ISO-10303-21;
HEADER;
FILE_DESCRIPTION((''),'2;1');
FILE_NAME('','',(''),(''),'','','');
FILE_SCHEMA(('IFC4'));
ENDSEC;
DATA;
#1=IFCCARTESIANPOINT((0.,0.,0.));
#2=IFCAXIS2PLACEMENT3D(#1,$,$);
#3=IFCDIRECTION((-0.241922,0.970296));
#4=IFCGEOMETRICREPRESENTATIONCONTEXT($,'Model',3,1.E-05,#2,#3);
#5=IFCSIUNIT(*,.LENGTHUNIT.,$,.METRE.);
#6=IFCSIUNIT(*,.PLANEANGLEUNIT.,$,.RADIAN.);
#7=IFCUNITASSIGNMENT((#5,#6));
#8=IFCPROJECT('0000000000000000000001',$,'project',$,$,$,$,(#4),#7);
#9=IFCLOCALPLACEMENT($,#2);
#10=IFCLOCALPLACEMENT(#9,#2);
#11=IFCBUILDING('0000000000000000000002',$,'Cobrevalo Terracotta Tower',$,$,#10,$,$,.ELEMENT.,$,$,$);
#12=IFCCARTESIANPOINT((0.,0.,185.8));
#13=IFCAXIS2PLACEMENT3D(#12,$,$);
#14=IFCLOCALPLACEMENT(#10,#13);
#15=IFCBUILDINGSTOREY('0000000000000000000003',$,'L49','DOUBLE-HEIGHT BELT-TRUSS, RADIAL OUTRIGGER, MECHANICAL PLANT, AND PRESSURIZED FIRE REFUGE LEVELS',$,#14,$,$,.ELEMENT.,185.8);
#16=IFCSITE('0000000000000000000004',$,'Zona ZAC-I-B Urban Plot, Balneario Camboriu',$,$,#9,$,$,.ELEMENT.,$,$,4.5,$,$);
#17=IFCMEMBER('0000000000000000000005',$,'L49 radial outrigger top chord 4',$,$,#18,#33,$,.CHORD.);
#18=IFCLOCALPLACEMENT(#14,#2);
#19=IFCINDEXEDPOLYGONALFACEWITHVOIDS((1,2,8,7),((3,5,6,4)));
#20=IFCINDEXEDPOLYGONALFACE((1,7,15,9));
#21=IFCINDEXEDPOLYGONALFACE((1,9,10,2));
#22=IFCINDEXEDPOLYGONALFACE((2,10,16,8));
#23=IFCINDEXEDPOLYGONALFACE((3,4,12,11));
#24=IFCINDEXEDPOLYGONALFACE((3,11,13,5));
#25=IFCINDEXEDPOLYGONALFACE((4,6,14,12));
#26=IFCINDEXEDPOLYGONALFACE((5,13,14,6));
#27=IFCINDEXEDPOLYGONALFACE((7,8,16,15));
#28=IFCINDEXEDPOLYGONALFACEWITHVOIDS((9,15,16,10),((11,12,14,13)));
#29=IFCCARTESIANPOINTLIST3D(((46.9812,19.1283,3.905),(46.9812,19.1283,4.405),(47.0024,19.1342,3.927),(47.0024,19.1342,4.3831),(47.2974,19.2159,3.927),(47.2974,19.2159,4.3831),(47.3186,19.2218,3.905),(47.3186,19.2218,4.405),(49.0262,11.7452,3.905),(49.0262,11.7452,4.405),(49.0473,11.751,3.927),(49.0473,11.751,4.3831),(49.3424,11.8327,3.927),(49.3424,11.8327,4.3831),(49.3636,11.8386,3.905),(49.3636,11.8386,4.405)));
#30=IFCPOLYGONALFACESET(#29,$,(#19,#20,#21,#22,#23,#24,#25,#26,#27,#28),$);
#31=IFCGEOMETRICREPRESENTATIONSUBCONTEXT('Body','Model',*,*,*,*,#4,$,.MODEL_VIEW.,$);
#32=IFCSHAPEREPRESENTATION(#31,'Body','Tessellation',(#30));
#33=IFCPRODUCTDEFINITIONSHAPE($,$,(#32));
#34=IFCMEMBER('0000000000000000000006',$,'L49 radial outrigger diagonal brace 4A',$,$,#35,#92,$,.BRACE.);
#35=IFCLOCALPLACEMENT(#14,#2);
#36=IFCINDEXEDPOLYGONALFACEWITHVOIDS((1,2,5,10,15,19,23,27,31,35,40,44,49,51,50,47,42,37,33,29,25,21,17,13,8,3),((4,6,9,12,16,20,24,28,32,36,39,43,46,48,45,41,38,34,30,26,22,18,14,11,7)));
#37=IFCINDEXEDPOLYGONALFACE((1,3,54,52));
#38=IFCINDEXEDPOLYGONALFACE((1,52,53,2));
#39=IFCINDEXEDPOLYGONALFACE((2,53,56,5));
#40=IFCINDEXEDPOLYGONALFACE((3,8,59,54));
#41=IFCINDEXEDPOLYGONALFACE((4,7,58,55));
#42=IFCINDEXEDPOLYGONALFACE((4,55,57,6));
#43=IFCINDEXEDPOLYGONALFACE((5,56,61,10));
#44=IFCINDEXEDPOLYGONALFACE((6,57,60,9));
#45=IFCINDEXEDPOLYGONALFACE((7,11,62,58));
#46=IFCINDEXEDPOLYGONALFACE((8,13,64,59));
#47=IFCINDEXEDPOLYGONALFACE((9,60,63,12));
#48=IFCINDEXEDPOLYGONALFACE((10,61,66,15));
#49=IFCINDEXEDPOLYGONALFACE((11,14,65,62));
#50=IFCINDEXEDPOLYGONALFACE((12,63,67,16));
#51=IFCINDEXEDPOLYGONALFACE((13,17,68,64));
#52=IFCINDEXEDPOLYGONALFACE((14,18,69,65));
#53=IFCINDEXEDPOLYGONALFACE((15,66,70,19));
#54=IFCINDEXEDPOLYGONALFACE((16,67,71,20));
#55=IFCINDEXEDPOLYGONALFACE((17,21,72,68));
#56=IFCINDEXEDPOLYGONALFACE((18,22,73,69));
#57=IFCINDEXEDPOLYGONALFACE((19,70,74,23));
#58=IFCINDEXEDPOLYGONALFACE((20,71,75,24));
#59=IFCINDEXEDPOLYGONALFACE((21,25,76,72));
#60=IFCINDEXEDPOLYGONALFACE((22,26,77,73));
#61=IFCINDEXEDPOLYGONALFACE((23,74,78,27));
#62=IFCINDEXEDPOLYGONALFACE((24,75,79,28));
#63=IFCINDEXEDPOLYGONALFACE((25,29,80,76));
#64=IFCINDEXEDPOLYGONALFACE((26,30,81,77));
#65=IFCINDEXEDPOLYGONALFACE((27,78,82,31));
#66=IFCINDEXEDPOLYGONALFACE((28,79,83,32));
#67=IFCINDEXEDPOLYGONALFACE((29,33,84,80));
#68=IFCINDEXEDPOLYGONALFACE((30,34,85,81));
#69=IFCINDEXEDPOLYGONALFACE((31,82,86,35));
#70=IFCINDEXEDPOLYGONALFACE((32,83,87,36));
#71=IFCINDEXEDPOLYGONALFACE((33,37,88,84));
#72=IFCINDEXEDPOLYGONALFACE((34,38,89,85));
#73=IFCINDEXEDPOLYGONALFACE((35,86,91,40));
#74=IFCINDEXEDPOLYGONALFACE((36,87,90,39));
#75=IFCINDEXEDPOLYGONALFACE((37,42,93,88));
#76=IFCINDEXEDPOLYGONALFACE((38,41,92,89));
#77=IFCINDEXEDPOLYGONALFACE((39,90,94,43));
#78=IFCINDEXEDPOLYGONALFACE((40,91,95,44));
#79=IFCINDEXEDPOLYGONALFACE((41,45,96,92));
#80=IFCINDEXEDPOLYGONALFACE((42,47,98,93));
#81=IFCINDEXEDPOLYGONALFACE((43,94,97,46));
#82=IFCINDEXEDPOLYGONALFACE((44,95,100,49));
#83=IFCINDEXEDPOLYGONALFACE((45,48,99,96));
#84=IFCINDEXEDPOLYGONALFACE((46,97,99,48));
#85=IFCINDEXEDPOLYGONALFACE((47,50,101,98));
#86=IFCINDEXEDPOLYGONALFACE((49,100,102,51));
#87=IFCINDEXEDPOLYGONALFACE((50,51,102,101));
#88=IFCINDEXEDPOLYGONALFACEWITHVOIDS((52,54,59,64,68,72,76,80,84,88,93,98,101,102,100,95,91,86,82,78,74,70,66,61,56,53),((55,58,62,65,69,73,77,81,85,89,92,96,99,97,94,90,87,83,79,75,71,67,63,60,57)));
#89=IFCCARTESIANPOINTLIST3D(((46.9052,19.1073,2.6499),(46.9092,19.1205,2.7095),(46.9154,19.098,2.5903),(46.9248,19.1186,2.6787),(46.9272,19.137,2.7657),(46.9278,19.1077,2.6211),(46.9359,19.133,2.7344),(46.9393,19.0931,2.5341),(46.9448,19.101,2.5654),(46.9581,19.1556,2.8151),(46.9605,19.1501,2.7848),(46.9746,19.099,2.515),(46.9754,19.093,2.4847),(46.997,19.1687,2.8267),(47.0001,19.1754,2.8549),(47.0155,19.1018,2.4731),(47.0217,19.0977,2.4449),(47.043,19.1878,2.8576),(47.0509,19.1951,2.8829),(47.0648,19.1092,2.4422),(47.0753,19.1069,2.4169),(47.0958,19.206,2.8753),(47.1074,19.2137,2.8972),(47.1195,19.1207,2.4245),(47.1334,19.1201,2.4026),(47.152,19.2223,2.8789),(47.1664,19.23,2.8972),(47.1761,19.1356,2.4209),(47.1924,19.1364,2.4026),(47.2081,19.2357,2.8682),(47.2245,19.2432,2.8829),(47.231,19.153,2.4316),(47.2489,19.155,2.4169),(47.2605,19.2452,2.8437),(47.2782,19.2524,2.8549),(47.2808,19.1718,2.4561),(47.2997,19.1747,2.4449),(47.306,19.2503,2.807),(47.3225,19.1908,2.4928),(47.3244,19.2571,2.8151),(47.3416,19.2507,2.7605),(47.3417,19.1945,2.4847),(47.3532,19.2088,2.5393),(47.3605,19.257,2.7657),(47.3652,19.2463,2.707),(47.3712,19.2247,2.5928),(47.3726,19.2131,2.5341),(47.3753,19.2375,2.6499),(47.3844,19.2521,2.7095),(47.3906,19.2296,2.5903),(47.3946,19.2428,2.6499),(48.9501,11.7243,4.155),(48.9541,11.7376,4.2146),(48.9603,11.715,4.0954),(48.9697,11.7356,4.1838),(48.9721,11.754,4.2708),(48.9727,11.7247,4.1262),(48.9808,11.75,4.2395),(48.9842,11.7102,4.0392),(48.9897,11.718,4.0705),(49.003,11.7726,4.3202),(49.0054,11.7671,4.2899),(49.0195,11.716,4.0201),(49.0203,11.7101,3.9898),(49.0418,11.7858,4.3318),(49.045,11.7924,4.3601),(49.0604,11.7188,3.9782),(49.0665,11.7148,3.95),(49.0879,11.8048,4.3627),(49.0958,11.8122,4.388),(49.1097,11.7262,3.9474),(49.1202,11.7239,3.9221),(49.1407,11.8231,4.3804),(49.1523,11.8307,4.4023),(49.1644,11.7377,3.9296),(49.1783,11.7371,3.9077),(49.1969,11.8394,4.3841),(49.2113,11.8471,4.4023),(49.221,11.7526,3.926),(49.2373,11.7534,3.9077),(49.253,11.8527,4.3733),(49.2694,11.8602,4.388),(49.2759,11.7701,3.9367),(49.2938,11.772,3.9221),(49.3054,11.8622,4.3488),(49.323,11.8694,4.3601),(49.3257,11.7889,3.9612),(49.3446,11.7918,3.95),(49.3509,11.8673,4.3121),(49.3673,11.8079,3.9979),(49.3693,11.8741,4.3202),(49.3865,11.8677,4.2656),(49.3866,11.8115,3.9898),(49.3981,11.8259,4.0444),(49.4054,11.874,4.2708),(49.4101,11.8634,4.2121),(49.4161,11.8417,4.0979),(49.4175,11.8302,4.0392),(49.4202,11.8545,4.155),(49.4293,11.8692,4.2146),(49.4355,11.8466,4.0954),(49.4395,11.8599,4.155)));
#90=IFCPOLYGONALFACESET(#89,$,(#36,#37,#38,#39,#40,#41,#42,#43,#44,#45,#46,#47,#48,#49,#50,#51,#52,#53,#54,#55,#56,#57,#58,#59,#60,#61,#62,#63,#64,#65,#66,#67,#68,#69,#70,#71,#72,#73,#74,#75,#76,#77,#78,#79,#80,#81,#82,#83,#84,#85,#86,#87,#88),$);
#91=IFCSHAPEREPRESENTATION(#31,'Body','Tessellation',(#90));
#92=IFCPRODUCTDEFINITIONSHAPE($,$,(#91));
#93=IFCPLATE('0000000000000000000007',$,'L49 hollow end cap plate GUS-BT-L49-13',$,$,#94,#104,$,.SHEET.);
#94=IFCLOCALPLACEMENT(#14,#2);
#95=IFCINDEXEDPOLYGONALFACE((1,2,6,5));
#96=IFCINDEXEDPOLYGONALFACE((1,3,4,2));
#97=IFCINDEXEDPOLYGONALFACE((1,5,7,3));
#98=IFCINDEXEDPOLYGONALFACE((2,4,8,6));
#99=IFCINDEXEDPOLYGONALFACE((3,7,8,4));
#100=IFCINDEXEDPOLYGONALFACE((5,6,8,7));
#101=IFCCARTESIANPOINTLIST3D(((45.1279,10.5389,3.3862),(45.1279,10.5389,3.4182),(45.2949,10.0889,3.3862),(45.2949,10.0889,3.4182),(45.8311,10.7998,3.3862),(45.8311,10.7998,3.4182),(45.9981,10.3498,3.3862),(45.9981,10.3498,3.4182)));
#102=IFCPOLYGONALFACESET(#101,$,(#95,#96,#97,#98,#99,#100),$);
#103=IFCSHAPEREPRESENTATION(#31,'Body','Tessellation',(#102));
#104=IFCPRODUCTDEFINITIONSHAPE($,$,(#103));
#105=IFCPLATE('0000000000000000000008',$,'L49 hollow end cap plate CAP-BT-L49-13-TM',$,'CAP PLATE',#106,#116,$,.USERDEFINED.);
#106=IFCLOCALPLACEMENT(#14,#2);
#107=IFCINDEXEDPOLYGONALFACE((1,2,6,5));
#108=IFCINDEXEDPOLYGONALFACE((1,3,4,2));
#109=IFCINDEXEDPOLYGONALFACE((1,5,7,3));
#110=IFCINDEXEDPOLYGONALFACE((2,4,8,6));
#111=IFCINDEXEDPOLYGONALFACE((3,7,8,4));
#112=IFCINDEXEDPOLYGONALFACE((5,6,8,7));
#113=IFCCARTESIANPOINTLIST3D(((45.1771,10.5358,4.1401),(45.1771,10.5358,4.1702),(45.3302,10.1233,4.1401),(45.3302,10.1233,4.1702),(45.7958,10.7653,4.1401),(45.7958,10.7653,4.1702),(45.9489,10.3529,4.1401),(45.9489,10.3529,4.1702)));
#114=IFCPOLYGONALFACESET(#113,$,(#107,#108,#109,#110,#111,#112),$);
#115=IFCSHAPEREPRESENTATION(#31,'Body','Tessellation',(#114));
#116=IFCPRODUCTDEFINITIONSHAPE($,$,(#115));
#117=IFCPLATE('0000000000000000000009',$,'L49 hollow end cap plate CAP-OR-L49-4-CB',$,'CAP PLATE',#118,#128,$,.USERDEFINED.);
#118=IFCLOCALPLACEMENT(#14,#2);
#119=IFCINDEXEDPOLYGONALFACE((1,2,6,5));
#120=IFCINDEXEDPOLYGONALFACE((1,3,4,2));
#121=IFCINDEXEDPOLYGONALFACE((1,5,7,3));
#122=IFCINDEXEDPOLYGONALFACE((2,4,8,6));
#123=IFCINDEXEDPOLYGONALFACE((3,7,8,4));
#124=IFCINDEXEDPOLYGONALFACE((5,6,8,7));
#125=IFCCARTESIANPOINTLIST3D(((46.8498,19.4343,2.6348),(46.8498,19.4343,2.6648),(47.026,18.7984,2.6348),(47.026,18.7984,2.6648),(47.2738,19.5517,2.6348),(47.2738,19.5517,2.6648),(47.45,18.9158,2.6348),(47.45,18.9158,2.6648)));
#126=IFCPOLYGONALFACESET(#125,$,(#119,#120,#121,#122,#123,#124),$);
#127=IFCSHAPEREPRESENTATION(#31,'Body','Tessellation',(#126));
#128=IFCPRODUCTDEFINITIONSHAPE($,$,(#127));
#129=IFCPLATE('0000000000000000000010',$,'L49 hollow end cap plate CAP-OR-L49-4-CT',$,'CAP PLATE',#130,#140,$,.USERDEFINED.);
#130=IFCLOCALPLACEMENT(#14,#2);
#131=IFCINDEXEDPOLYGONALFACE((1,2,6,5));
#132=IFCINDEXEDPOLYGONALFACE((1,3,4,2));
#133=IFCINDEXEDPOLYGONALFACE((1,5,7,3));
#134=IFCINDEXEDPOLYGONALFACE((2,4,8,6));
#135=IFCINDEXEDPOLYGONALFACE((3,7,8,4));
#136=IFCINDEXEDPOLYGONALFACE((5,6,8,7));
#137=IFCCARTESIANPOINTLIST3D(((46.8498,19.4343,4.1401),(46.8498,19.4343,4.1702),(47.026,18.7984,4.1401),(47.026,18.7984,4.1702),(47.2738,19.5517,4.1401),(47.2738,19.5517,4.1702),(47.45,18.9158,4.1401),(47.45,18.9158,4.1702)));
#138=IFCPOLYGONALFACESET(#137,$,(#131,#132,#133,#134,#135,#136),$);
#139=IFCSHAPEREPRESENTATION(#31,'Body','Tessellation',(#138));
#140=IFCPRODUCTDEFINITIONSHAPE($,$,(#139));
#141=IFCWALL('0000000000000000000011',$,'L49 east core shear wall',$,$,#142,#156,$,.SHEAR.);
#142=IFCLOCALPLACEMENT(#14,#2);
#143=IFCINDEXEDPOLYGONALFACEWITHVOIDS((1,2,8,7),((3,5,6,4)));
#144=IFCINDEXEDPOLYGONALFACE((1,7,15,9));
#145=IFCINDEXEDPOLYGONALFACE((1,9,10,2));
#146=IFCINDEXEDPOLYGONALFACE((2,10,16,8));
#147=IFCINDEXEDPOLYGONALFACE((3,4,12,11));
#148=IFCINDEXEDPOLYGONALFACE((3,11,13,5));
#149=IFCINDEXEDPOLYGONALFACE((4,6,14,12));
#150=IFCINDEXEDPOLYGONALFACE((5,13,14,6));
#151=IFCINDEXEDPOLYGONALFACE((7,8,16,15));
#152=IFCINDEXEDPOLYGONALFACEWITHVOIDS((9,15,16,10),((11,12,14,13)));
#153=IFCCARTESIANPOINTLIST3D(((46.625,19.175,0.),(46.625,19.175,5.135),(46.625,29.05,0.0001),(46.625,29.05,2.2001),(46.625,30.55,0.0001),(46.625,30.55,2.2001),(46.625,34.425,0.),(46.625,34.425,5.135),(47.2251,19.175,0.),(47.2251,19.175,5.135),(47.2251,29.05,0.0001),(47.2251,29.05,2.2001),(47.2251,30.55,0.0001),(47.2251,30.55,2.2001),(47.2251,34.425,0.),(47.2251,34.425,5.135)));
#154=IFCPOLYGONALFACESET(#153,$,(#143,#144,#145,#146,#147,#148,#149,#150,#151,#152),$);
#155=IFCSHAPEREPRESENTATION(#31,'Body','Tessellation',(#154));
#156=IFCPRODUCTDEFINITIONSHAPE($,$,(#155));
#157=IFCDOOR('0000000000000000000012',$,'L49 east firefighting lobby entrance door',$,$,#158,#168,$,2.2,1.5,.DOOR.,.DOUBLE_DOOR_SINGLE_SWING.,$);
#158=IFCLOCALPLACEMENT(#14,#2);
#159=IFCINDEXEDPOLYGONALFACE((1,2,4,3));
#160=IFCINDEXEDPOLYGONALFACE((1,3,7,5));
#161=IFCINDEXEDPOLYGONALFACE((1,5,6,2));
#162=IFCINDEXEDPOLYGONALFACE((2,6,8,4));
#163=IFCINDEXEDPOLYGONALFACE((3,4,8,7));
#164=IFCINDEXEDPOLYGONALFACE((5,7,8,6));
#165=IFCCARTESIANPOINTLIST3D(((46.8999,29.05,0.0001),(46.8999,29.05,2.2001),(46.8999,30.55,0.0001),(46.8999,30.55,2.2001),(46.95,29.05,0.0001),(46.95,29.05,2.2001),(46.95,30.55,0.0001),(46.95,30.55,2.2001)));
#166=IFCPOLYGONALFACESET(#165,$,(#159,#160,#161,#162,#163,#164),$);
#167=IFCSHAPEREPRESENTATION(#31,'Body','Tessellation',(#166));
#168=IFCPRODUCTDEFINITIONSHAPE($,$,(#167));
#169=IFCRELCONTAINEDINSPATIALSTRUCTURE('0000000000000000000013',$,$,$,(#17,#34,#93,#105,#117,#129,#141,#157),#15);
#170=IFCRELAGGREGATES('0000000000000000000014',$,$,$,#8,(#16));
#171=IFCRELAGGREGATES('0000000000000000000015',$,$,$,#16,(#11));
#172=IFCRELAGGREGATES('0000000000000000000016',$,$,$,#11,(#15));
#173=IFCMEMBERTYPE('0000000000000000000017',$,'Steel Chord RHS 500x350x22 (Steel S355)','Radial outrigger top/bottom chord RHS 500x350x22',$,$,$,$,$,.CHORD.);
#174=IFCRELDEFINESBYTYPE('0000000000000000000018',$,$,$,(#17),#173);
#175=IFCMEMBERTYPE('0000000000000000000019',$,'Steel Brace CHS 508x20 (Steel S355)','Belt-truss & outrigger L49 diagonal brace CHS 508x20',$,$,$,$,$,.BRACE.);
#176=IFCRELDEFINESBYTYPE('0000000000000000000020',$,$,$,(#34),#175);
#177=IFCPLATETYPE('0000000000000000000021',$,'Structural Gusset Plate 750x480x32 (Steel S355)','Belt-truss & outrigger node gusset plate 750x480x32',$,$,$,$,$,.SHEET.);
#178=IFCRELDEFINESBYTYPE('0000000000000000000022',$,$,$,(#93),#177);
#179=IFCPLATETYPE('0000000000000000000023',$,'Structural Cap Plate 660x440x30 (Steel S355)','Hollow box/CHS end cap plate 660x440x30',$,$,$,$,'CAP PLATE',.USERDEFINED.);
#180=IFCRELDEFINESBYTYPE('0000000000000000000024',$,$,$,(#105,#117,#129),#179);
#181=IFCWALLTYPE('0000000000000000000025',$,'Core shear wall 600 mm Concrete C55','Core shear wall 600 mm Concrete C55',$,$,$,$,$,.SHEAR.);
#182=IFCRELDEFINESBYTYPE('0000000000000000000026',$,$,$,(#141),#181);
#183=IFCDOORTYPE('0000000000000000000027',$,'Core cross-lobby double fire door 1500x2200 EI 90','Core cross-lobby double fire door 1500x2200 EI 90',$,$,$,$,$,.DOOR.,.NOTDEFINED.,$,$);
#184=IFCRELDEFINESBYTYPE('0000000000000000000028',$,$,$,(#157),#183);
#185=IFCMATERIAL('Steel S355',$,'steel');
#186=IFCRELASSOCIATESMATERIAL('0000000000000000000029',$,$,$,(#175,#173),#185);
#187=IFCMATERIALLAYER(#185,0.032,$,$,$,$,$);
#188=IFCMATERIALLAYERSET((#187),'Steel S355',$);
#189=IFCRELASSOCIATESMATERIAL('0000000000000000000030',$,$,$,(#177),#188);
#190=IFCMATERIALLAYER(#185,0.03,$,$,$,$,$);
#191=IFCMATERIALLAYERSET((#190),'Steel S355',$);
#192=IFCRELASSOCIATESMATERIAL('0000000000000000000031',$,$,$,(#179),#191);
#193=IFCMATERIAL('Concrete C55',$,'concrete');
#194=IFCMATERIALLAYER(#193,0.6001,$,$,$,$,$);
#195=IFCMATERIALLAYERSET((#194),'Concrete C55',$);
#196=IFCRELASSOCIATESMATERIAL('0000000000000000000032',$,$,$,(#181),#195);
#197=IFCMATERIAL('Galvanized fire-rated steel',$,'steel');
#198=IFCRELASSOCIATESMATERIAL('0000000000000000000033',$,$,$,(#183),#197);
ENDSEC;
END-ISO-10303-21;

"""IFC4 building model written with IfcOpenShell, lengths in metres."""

from ifc_helpers import new_model, si_unit, direction, frame, frame_2d, origin, origin_2d, place, context, subcontext, project, spatial, rectangle, hollow_rectangle, hollow_circle, extrude, source, transform, mapped, material, layer, layer_set, material_profile, profile_set, type_object, element, fill, save


model = new_model("IFC4")

# Units and contexts
model_context = context("Model", 3, precision=1e-05, world=origin(), true_north=direction((-0.241922, 0.970296)))
body_context = subcontext(model_context, "Body", "Model", "MODEL_VIEW")
ifc_project = project(units=[si_unit("LENGTHUNIT", "METRE"), si_unit("PLANEANGLEUNIT", "RADIAN")], contexts=[model_context])

# Site, building, storey
site_placement = place(None, origin())
site = spatial("IfcSite", under=ifc_project, at=site_placement, Name="Zona ZAC-I-B Urban Plot, Balneario Camboriu", CompositionType="ELEMENT", RefElevation=4.5)
building_placement = place(site_placement, origin())
building = spatial("IfcBuilding", under=site, at=building_placement, Name="Cobrevalo Terracotta Tower", CompositionType="ELEMENT")
storey_placement = place(building_placement, frame((0.0, 0.0, 185.8)))
storey = spatial("IfcBuildingStorey", under=building, at=storey_placement, Name="L49", Description="DOUBLE-HEIGHT BELT-TRUSS, RADIAL OUTRIGGER, MECHANICAL PLANT, AND PRESSURIZED FIRE REFUGE LEVELS", CompositionType="ELEMENT", Elevation=185.8)

# Shared definitions
ifc_material_1 = material(Name="Steel S355", Category="steel")
ifc_material_2 = material(Name="Concrete C55", Category="concrete")

# Members
ifc_material_profile_1 = material_profile(ifc_material_1, hollow_circle(Radius=0.2539, WallThickness=0.02, at=origin_2d()), Name="CHS 508x20")
ifc_profile_set_1 = profile_set([ifc_material_profile_1], Name="Steel S355")
member_type_1 = type_object("IfcMemberType", Name="Steel Brace CHS 508x20 (Steel S355)", Description="Belt-truss & outrigger L49 diagonal brace CHS 508x20", PredefinedType="BRACE", material=ifc_profile_set_1)
ifc_material_profile_2 = material_profile(ifc_material_1, hollow_rectangle(XDim=0.3501, YDim=0.5, WallThickness=0.022, at=origin_2d()), Name="RHS 500x350x22")
ifc_profile_set_2 = profile_set([ifc_material_profile_2], Name="Steel S355")
member_type_2 = type_object("IfcMemberType", Name="Steel Chord RHS 500x350x22 (Steel S355)", Description="Radial outrigger top/bottom chord RHS 500x350x22", PredefinedType="CHORD", material=ifc_profile_set_2)
shared_shape_1 = source(origin(), body_context, "Body", "SweptSolid", [
    extrude(hollow_rectangle(XDim=0.3501, YDim=0.5, WallThickness=0.022, at=origin_2d()), origin(), (0.0, 0.0, 1.0), 7.6611),
])
for number, where, z_axis, x_axis, name in (
    (1, (47.1499, 19.175, 4.155), (0.266926, -0.963717, 0.0), (0.963717, 0.266926, 0.0), "L49 radial outrigger top chord 4"),
):
    element("IfcMember", number, at=place(storey_placement, frame(where, z_axis=z_axis, x_axis=x_axis)), inside=storey, type_object=member_type_2, Name=name, PredefinedType="CHORD", context=body_context, shape_type="MappedRepresentation", body=[
        mapped(shared_shape_1, transform((0.0, 0.0, 0.0), scale=1.0)),
    ])
shared_shape_2 = source(origin(), body_context, "Body", "SweptSolid", [
    extrude(hollow_circle(Radius=0.2539, WallThickness=0.02, at=origin_2d()), origin(), (0.0, 0.0, 1.0), 7.8074),
])
member_1_placement = place(storey_placement, frame((47.1499, 19.175, 2.6499), z_axis=(0.261919, -0.94564, 0.19278), x_axis=(0.963717, 0.266926, 0.0)))
element("IfcMember", 2, at=member_1_placement, inside=storey, type_object=member_type_1, Name="L49 radial outrigger diagonal brace 4A", PredefinedType="BRACE", context=body_context, shape_type="MappedRepresentation", body=[
    mapped(shared_shape_2, transform((0.0, 0.0, 0.0), scale=1.0)),
])

# Plates
ifc_layer_1 = layer(ifc_material_1, 0.032)
ifc_layer_set_1 = layer_set([ifc_layer_1], Name="Steel S355")
plate_type_1 = type_object("IfcPlateType", Name="Structural Gusset Plate 750x480x32 (Steel S355)", Description="Belt-truss & outrigger node gusset plate 750x480x32", PredefinedType="SHEET", material=ifc_layer_set_1)
shared_shape_3 = source(origin(), body_context, "Body", "SweptSolid", [
    extrude(rectangle(XDim=0.75, YDim=0.48, at=origin_2d()), origin(), (0.0, 0.0, 1.0), 0.032),
])
plate_placement = place(storey_placement, frame((45.563, 10.4443, 3.3862), z_axis=(0.0, 0.0, 1.0), x_axis=(0.937543, 0.34787, 0.0)))
element("IfcPlate", 3, at=plate_placement, inside=storey, type_object=plate_type_1, Name="L49 hollow end cap plate GUS-BT-L49-13", PredefinedType="SHEET", context=body_context, shape_type="MappedRepresentation", body=[
    mapped(shared_shape_3, transform((0.0, 0.0, 0.0), scale=1.0)),
])
ifc_layer_2 = layer(ifc_material_1, 0.03)
ifc_layer_set_2 = layer_set([ifc_layer_2], Name="Steel S355")
plate_type_2 = type_object("IfcPlateType", Name="Structural Cap Plate 660x440x30 (Steel S355)", Description="Hollow box/CHS end cap plate 660x440x30", ElementType="CAP PLATE", PredefinedType="USERDEFINED", material=ifc_layer_set_2)
shared_shape_4 = source(origin(), body_context, "Body", "SweptSolid", [
    extrude(rectangle(XDim=0.6599, YDim=0.4399, at=origin_2d()), origin(), (0.0, 0.0, 1.0), 0.03),
])
for number, where, z_axis, x_axis, name in (
    (4, (45.563, 10.4443, 4.1401), (0.0, 0.0, 1.0), (0.937543, 0.34787, 0.0), "L49 hollow end cap plate CAP-BT-L49-13-TM"),
    (5, (47.1499, 19.175, 2.6348), (0.0, 0.0, 1.0), (0.266904, -0.963723, 0.0), "L49 hollow end cap plate CAP-OR-L49-4-CB"),
    (6, (47.1499, 19.175, 4.1401), (0.0, 0.0, 1.0), (0.266904, -0.963723, 0.0), "L49 hollow end cap plate CAP-OR-L49-4-CT"),
):
    element("IfcPlate", number, at=place(storey_placement, frame(where, z_axis=z_axis, x_axis=x_axis)), inside=storey, type_object=plate_type_2, Name=name, ObjectType="CAP PLATE", PredefinedType="USERDEFINED", context=body_context, shape_type="MappedRepresentation", body=[
        mapped(shared_shape_4, transform((0.0, 0.0, 0.0), scale=1.0)),
    ])

# Wall, opening, door
ifc_layer_3 = layer(ifc_material_2, 0.6001)
ifc_layer_set_3 = layer_set([ifc_layer_3], Name="Concrete C55")
wall_type_1 = type_object("IfcWallType", Name="Core shear wall 600 mm Concrete C55", Description="Core shear wall 600 mm Concrete C55", PredefinedType="SHEAR", material=ifc_layer_set_3)
wall_1_placement = place(storey_placement, frame((46.925, 19.175, 0.0), z_axis=(0.0, 0.0, 1.0), x_axis=(0.0, 1.0, 0.0)))
wall_1 = element("IfcWall", 7, at=wall_1_placement, inside=storey, type_object=wall_type_1, Name="L49 east core shear wall", PredefinedType="SHEAR", context=body_context, shape_type="SweptSolid", body=[
    extrude(rectangle(XDim=15.25, YDim=0.6001, at=frame_2d((7.625, 0.0))), origin(), (0.0, 0.0, 1.0), 5.135),
])
opening_1_placement = place(wall_1_placement, frame((9.875, 0.0, 0.0)))
opening_1 = element("IfcOpeningElement", 8, at=opening_1_placement, cuts=wall_1, PredefinedType="OPENING", context=body_context, shape_type="SweptSolid", body=[
    extrude(rectangle(XDim=1.5, YDim=2.2, at=frame_2d((0.75, 1.1001))), frame((0.0, 0.3101, 0.0), z_axis=(0.0, -1.0, 0.0), x_axis=(1.0, 0.0, 0.0)), (0.0, 0.0, 1.0), 0.6201),
])
ifc_material_3 = material(Name="Galvanized fire-rated steel", Category="steel")
door_type_1 = type_object("IfcDoorType", Name="Core cross-lobby double fire door 1500x2200 EI 90", Description="Core cross-lobby double fire door 1500x2200 EI 90", OperationType="NOTDEFINED", PredefinedType="DOOR", material=ifc_material_3)
shared_shape_5 = source(origin(), body_context, "Body", "SweptSolid", [
    extrude(rectangle(XDim=1.5, YDim=2.2, at=frame_2d((0.75, 1.1001))), frame((0.0, 0.0249, 0.0), z_axis=(0.0, -1.0, 0.0), x_axis=(1.0, 0.0, 0.0)), (0.0, 0.0, 1.0), 0.05),
])
door_1_placement = place(opening_1_placement, frame((1.5, 0.0, 0.0), z_axis=(0.0, 0.0, 1.0), x_axis=(-1.0, 0.0, 0.0)))
door_1 = element("IfcDoor", 9, at=door_1_placement, inside=storey, type_object=door_type_1, Name="L49 east firefighting lobby entrance door", OperationType="DOUBLE_DOOR_SINGLE_SWING", OverallHeight=2.2, OverallWidth=1.5, PredefinedType="DOOR", context=body_context, shape_type="MappedRepresentation", body=[
    mapped(shared_shape_5, transform((0.0, 0.0, 0.0), scale=1.0)),
])
fill(opening_1, door_1)

save(model, "model.ifc")
